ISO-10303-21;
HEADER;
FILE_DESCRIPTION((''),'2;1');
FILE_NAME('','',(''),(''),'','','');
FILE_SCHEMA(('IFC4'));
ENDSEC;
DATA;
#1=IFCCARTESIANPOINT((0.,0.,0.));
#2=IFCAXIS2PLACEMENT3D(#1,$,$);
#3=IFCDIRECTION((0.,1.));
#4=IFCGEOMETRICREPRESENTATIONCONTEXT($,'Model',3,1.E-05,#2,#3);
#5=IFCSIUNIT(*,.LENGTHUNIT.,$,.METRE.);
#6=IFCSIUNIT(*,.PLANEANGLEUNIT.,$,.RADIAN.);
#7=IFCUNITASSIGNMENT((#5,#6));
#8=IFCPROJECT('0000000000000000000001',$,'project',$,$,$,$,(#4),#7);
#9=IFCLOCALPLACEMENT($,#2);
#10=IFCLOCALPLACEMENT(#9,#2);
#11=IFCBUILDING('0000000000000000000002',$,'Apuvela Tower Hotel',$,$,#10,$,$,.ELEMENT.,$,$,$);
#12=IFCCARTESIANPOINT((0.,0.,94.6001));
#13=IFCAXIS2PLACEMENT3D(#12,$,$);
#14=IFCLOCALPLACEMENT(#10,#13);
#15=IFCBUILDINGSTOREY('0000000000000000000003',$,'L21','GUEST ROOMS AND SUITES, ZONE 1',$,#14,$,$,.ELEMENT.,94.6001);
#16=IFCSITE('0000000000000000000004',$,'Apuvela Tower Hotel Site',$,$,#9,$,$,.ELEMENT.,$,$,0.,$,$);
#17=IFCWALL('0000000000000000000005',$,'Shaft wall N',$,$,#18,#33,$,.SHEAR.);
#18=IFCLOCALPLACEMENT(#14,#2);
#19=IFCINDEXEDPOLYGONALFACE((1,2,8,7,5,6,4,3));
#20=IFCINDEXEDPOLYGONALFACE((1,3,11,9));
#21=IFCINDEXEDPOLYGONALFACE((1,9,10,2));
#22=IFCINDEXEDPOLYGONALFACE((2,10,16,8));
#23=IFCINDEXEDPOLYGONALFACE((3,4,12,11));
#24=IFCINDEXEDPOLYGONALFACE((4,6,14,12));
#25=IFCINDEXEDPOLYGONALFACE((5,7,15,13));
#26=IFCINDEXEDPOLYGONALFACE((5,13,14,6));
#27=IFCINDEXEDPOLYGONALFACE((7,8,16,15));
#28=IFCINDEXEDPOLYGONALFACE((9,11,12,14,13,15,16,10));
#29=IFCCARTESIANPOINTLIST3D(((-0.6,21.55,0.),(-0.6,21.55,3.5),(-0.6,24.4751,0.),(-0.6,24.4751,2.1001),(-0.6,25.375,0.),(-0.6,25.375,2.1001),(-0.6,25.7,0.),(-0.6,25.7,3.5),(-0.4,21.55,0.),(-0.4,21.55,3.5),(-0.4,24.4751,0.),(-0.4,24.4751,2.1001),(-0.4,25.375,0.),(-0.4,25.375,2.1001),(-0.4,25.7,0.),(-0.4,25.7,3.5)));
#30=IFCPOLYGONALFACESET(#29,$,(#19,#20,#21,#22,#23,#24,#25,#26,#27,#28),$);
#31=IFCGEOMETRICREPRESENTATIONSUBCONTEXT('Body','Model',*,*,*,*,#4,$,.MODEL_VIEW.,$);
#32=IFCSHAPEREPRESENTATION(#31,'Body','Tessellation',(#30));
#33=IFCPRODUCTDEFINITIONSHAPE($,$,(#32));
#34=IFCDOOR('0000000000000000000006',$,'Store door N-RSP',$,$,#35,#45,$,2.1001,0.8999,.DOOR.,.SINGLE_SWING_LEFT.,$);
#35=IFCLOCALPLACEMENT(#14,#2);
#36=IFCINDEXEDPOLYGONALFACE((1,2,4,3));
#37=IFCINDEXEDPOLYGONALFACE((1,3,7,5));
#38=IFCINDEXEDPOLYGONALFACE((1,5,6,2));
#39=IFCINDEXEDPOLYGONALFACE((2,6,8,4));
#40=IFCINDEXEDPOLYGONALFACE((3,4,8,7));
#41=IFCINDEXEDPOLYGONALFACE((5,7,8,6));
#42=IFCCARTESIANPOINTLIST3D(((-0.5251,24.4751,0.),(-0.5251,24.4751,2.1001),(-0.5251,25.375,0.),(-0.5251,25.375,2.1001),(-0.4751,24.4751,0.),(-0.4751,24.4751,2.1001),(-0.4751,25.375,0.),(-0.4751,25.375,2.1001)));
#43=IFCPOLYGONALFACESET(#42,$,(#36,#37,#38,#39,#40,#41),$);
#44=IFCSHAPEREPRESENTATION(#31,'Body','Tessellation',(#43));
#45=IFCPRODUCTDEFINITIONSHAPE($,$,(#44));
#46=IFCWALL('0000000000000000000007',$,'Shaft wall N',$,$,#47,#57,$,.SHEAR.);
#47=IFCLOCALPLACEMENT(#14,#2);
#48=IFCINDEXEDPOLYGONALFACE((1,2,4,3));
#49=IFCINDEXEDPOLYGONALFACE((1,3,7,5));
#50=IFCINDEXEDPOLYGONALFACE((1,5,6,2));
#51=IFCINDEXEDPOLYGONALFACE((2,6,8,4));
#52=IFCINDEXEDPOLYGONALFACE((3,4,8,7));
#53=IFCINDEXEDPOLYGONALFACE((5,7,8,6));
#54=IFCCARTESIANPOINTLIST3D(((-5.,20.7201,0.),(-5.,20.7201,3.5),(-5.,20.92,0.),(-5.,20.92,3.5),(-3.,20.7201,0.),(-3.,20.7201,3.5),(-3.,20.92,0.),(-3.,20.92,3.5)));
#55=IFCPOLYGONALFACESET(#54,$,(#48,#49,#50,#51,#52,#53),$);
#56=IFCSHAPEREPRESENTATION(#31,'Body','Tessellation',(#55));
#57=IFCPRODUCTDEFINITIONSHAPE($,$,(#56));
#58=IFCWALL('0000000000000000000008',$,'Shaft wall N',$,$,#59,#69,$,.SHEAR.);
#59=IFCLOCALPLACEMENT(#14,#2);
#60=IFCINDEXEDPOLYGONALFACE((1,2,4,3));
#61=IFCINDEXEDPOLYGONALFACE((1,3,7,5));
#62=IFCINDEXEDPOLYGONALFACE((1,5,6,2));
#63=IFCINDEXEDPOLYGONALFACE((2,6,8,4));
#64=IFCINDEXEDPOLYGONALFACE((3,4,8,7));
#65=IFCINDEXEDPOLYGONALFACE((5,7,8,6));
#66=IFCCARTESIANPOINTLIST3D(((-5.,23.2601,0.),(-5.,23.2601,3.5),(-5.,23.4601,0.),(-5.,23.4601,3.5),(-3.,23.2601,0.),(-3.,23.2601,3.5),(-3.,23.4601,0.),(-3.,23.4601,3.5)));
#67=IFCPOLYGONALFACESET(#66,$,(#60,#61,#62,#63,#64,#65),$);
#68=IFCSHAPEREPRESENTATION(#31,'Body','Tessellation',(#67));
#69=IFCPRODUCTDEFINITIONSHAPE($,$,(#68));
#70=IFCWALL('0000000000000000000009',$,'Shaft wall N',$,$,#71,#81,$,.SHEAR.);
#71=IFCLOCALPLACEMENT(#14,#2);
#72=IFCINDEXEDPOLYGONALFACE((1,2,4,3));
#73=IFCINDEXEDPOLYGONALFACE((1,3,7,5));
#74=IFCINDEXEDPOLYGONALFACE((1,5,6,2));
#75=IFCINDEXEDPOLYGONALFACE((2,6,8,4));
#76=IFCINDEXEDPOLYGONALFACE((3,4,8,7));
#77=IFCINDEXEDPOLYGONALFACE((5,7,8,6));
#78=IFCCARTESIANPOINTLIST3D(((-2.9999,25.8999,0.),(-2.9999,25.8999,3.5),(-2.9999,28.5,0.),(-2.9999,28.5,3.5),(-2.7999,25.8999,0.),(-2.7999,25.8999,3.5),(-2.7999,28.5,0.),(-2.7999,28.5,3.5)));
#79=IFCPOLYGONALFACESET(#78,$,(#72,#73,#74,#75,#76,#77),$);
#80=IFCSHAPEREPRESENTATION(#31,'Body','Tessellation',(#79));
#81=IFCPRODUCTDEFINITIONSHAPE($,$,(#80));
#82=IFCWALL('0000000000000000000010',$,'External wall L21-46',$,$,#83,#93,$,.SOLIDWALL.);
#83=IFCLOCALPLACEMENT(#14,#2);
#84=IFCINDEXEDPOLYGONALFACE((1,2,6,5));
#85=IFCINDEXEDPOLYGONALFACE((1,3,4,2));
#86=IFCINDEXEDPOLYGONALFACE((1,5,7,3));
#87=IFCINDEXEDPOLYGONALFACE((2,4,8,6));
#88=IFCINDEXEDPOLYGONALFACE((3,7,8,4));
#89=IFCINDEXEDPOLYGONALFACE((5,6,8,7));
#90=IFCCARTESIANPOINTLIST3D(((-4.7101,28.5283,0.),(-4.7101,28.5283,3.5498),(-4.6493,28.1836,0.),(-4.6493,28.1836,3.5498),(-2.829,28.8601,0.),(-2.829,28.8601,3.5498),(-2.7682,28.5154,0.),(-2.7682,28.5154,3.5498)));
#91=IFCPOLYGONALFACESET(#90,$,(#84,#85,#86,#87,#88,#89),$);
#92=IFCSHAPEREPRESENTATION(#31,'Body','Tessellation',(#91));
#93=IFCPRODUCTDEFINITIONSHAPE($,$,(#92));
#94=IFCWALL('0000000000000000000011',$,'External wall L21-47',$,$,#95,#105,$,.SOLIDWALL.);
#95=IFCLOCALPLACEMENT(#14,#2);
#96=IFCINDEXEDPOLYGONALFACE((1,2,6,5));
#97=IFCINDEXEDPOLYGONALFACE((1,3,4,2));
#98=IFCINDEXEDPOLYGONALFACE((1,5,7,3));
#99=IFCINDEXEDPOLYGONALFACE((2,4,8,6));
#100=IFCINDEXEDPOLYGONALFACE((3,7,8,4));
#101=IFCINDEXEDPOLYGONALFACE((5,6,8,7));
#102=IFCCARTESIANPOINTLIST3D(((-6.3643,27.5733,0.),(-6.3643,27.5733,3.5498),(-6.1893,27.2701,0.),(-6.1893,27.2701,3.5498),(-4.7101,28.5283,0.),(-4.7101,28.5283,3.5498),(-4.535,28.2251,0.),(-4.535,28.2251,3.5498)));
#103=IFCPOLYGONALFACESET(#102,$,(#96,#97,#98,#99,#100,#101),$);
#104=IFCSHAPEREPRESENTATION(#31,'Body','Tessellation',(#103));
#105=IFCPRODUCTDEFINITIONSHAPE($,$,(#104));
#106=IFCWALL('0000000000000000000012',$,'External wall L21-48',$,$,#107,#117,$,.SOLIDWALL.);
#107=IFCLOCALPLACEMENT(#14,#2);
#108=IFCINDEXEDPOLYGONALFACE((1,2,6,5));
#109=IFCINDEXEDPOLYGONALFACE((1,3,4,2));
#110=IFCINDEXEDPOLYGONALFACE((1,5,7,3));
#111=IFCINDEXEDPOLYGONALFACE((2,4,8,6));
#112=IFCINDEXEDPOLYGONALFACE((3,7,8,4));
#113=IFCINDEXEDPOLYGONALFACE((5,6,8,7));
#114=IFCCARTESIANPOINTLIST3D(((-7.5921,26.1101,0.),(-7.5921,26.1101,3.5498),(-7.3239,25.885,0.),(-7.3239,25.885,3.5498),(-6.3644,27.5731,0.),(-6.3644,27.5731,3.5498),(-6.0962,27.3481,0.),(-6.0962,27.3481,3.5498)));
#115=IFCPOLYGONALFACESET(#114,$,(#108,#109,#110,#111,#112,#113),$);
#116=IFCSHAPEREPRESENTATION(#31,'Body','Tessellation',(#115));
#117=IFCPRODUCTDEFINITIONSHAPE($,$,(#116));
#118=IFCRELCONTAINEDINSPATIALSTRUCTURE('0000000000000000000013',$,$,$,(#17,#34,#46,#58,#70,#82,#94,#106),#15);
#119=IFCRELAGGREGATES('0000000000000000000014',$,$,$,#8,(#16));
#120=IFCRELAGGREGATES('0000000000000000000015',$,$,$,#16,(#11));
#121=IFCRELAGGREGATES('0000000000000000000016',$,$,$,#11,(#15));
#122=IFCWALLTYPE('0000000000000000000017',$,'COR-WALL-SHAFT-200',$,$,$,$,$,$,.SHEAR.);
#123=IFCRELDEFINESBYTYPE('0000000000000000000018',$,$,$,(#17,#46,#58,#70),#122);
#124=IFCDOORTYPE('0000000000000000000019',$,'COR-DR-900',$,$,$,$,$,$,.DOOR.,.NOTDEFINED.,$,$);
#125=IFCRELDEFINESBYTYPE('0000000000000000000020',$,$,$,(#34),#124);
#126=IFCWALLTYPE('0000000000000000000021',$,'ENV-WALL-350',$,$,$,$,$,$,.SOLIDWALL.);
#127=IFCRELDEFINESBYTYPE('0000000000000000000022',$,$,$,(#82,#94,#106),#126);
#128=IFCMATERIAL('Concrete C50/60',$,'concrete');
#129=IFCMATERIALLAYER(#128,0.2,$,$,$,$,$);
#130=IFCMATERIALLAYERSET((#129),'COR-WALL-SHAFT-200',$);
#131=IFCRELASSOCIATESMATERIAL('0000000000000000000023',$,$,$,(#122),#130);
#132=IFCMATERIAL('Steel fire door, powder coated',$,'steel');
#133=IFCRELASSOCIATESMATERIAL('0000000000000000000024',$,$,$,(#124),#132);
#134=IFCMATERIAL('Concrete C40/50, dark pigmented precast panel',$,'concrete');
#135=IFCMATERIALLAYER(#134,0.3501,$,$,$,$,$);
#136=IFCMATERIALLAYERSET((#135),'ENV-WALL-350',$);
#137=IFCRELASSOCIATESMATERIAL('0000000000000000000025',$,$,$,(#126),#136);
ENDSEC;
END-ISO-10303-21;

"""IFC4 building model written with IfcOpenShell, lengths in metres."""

from ifc_helpers import new_model, si_unit, direction, frame, frame_2d, origin, place, context, subcontext, project, spatial, rectangle, extrude, material, layer, layer_set, type_object, element, fill, save


model = new_model("IFC4")

# Units and contexts
model_context = context("Model", 3, precision=1e-05, world=origin(), true_north=direction((0.0, 1.0)))
body_context = subcontext(model_context, "Body", "Model", "MODEL_VIEW")
ifc_project = project(units=[si_unit("LENGTHUNIT", "METRE"), si_unit("PLANEANGLEUNIT", "RADIAN")], contexts=[model_context])

# Site, building, storey
site_placement = place(None, origin())
site = spatial("IfcSite", under=ifc_project, at=site_placement, Name="Apuvela Tower Hotel Site", CompositionType="ELEMENT", RefElevation=0.0)
building_placement = place(site_placement, origin())
building = spatial("IfcBuilding", under=site, at=building_placement, Name="Apuvela Tower Hotel", CompositionType="ELEMENT")
storey_placement = place(building_placement, frame((0.0, 0.0, 94.6001)))
storey = spatial("IfcBuildingStorey", under=building, at=storey_placement, Name="L21", Description="GUEST ROOMS AND SUITES, ZONE 1", CompositionType="ELEMENT", Elevation=94.6001)

# Shared definitions
ifc_material_1 = material(Name="Concrete C50/60", Category="concrete")
ifc_layer_1 = layer(ifc_material_1, 0.2)
ifc_layer_set_1 = layer_set([ifc_layer_1], Name="COR-WALL-SHAFT-200")
wall_type_1 = type_object("IfcWallType", Name="COR-WALL-SHAFT-200", PredefinedType="SHEAR", material=ifc_layer_set_1)

# Wall, opening, door
wall_1_placement = place(storey_placement, frame((-0.5, 21.55, 0.0), z_axis=(0.0, 0.0, 1.0), x_axis=(0.0, 1.0, 0.0)))
wall_1 = element("IfcWall", 1, at=wall_1_placement, inside=storey, type_object=wall_type_1, Name="Shaft wall N", PredefinedType="SHEAR", context=body_context, shape_type="SweptSolid", body=[
    extrude(rectangle(XDim=4.1499, YDim=0.2, at=frame_2d((2.075, 0.0))), origin(), (0.0, 0.0, 1.0), 3.5),
])
opening_1_placement = place(wall_1_placement, frame((2.925, 0.0, 0.0)))
opening_1 = element("IfcOpeningElement", 2, at=opening_1_placement, cuts=wall_1, PredefinedType="OPENING", context=body_context, shape_type="SweptSolid", body=[
    extrude(rectangle(XDim=0.8999, YDim=2.1001, at=frame_2d((0.45, 1.05))), frame((0.0, 0.1099, 0.0), z_axis=(0.0, -1.0, 0.0), x_axis=(1.0, 0.0, 0.0)), (0.0, 0.0, 1.0), 0.22),
])
ifc_material_2 = material(Name="Steel fire door, powder coated", Category="steel")
door_type_1 = type_object("IfcDoorType", Name="COR-DR-900", OperationType="NOTDEFINED", PredefinedType="DOOR", material=ifc_material_2)
door_1_placement = place(opening_1_placement, frame((0.8999, 0.0, 0.0), z_axis=(0.0, 0.0, 1.0), x_axis=(-1.0, 0.0, 0.0)))
door_1 = element("IfcDoor", 3, at=door_1_placement, inside=storey, type_object=door_type_1, Name="Store door N-RSP", OperationType="SINGLE_SWING_LEFT", OverallHeight=2.1001, OverallWidth=0.8999, PredefinedType="DOOR", context=body_context, shape_type="SweptSolid", body=[
    extrude(rectangle(XDim=0.8999, YDim=2.1001, at=frame_2d((0.45, 1.05))), frame((0.0, 0.0249, 0.0), z_axis=(0.0, -1.0, 0.0), x_axis=(1.0, 0.0, 0.0)), (0.0, 0.0, 1.0), 0.05),
])
fill(opening_1, door_1)

# Walls
for number, where, z_axis, x_axis, name in (
    (4, (-3.0, 20.8201, 0.0), (0.0, 0.0, 1.0), (-1.0, 0.0, 0.0), "Shaft wall N"),
    (5, (-3.0, 23.3601, 0.0), (0.0, 0.0, 1.0), (-1.0, 0.0, 0.0), "Shaft wall N"),
):
    element("IfcWall", number, at=place(storey_placement, frame(where, z_axis=z_axis, x_axis=x_axis)), inside=storey, type_object=wall_type_1, Name=name, PredefinedType="SHEAR", context=body_context, shape_type="SweptSolid", body=[
        extrude(rectangle(XDim=2.0, YDim=0.2, at=frame_2d((1.0, 0.0))), origin(), (0.0, 0.0, 1.0), 3.5),
    ])
wall_2_placement = place(storey_placement, frame((-2.8999, 25.8999, 0.0), z_axis=(0.0, 0.0, 1.0), x_axis=(0.0, 1.0, 0.0)))
element("IfcWall", 6, at=wall_2_placement, inside=storey, type_object=wall_type_1, Name="Shaft wall N", PredefinedType="SHEAR", context=body_context, shape_type="SweptSolid", body=[
    extrude(rectangle(XDim=2.6001, YDim=0.2, at=frame_2d((1.3, 0.0))), origin(), (0.0, 0.0, 1.0), 3.5),
])

# Shared definitions
ifc_material_3 = material(Name="Concrete C40/50, dark pigmented precast panel", Category="concrete")
ifc_layer_2 = layer(ifc_material_3, 0.3501)
ifc_layer_set_2 = layer_set([ifc_layer_2], Name="ENV-WALL-350")
wall_type_2 = type_object("IfcWallType", Name="ENV-WALL-350", PredefinedType="SOLIDWALL", material=ifc_layer_set_2)

# Walls
for number, where, z_axis, x_axis, name in (
    (7, (-2.7986, 28.6877, 0.0), (0.0, 0.0, 1.0), (-0.984799, -0.173698, 0.0), "External wall L21-46"),
    (8, (-4.6226, 28.3767, 0.0), (0.0, 0.0, 1.0), (-0.866032, -0.499988, 0.0), "External wall L21-47"),
):
    element("IfcWall", number, at=place(storey_placement, frame(where, z_axis=z_axis, x_axis=x_axis)), inside=storey, type_object=wall_type_2, Name=name, PredefinedType="SOLIDWALL", context=body_context, shape_type="SweptSolid", body=[
        extrude(rectangle(XDim=1.9102, YDim=0.3501, at=frame_2d((0.9551, 0.0))), origin(), (0.0, 0.0, 1.0), 3.5498),
    ])
wall_3_placement = place(storey_placement, frame((-6.2302, 27.4607, 0.0), z_axis=(0.0, 0.0, 1.0), x_axis=(-0.642808, -0.766027, 0.0)))
element("IfcWall", 9, at=wall_3_placement, inside=storey, type_object=wall_type_2, Name="External wall L21-48", PredefinedType="SOLIDWALL", context=body_context, shape_type="SweptSolid", body=[
    extrude(rectangle(XDim=1.9099, YDim=0.3501, at=frame_2d((0.9551, 0.0))), origin(), (0.0, 0.0, 1.0), 3.5498),
])

save(model, "model.ifc")
